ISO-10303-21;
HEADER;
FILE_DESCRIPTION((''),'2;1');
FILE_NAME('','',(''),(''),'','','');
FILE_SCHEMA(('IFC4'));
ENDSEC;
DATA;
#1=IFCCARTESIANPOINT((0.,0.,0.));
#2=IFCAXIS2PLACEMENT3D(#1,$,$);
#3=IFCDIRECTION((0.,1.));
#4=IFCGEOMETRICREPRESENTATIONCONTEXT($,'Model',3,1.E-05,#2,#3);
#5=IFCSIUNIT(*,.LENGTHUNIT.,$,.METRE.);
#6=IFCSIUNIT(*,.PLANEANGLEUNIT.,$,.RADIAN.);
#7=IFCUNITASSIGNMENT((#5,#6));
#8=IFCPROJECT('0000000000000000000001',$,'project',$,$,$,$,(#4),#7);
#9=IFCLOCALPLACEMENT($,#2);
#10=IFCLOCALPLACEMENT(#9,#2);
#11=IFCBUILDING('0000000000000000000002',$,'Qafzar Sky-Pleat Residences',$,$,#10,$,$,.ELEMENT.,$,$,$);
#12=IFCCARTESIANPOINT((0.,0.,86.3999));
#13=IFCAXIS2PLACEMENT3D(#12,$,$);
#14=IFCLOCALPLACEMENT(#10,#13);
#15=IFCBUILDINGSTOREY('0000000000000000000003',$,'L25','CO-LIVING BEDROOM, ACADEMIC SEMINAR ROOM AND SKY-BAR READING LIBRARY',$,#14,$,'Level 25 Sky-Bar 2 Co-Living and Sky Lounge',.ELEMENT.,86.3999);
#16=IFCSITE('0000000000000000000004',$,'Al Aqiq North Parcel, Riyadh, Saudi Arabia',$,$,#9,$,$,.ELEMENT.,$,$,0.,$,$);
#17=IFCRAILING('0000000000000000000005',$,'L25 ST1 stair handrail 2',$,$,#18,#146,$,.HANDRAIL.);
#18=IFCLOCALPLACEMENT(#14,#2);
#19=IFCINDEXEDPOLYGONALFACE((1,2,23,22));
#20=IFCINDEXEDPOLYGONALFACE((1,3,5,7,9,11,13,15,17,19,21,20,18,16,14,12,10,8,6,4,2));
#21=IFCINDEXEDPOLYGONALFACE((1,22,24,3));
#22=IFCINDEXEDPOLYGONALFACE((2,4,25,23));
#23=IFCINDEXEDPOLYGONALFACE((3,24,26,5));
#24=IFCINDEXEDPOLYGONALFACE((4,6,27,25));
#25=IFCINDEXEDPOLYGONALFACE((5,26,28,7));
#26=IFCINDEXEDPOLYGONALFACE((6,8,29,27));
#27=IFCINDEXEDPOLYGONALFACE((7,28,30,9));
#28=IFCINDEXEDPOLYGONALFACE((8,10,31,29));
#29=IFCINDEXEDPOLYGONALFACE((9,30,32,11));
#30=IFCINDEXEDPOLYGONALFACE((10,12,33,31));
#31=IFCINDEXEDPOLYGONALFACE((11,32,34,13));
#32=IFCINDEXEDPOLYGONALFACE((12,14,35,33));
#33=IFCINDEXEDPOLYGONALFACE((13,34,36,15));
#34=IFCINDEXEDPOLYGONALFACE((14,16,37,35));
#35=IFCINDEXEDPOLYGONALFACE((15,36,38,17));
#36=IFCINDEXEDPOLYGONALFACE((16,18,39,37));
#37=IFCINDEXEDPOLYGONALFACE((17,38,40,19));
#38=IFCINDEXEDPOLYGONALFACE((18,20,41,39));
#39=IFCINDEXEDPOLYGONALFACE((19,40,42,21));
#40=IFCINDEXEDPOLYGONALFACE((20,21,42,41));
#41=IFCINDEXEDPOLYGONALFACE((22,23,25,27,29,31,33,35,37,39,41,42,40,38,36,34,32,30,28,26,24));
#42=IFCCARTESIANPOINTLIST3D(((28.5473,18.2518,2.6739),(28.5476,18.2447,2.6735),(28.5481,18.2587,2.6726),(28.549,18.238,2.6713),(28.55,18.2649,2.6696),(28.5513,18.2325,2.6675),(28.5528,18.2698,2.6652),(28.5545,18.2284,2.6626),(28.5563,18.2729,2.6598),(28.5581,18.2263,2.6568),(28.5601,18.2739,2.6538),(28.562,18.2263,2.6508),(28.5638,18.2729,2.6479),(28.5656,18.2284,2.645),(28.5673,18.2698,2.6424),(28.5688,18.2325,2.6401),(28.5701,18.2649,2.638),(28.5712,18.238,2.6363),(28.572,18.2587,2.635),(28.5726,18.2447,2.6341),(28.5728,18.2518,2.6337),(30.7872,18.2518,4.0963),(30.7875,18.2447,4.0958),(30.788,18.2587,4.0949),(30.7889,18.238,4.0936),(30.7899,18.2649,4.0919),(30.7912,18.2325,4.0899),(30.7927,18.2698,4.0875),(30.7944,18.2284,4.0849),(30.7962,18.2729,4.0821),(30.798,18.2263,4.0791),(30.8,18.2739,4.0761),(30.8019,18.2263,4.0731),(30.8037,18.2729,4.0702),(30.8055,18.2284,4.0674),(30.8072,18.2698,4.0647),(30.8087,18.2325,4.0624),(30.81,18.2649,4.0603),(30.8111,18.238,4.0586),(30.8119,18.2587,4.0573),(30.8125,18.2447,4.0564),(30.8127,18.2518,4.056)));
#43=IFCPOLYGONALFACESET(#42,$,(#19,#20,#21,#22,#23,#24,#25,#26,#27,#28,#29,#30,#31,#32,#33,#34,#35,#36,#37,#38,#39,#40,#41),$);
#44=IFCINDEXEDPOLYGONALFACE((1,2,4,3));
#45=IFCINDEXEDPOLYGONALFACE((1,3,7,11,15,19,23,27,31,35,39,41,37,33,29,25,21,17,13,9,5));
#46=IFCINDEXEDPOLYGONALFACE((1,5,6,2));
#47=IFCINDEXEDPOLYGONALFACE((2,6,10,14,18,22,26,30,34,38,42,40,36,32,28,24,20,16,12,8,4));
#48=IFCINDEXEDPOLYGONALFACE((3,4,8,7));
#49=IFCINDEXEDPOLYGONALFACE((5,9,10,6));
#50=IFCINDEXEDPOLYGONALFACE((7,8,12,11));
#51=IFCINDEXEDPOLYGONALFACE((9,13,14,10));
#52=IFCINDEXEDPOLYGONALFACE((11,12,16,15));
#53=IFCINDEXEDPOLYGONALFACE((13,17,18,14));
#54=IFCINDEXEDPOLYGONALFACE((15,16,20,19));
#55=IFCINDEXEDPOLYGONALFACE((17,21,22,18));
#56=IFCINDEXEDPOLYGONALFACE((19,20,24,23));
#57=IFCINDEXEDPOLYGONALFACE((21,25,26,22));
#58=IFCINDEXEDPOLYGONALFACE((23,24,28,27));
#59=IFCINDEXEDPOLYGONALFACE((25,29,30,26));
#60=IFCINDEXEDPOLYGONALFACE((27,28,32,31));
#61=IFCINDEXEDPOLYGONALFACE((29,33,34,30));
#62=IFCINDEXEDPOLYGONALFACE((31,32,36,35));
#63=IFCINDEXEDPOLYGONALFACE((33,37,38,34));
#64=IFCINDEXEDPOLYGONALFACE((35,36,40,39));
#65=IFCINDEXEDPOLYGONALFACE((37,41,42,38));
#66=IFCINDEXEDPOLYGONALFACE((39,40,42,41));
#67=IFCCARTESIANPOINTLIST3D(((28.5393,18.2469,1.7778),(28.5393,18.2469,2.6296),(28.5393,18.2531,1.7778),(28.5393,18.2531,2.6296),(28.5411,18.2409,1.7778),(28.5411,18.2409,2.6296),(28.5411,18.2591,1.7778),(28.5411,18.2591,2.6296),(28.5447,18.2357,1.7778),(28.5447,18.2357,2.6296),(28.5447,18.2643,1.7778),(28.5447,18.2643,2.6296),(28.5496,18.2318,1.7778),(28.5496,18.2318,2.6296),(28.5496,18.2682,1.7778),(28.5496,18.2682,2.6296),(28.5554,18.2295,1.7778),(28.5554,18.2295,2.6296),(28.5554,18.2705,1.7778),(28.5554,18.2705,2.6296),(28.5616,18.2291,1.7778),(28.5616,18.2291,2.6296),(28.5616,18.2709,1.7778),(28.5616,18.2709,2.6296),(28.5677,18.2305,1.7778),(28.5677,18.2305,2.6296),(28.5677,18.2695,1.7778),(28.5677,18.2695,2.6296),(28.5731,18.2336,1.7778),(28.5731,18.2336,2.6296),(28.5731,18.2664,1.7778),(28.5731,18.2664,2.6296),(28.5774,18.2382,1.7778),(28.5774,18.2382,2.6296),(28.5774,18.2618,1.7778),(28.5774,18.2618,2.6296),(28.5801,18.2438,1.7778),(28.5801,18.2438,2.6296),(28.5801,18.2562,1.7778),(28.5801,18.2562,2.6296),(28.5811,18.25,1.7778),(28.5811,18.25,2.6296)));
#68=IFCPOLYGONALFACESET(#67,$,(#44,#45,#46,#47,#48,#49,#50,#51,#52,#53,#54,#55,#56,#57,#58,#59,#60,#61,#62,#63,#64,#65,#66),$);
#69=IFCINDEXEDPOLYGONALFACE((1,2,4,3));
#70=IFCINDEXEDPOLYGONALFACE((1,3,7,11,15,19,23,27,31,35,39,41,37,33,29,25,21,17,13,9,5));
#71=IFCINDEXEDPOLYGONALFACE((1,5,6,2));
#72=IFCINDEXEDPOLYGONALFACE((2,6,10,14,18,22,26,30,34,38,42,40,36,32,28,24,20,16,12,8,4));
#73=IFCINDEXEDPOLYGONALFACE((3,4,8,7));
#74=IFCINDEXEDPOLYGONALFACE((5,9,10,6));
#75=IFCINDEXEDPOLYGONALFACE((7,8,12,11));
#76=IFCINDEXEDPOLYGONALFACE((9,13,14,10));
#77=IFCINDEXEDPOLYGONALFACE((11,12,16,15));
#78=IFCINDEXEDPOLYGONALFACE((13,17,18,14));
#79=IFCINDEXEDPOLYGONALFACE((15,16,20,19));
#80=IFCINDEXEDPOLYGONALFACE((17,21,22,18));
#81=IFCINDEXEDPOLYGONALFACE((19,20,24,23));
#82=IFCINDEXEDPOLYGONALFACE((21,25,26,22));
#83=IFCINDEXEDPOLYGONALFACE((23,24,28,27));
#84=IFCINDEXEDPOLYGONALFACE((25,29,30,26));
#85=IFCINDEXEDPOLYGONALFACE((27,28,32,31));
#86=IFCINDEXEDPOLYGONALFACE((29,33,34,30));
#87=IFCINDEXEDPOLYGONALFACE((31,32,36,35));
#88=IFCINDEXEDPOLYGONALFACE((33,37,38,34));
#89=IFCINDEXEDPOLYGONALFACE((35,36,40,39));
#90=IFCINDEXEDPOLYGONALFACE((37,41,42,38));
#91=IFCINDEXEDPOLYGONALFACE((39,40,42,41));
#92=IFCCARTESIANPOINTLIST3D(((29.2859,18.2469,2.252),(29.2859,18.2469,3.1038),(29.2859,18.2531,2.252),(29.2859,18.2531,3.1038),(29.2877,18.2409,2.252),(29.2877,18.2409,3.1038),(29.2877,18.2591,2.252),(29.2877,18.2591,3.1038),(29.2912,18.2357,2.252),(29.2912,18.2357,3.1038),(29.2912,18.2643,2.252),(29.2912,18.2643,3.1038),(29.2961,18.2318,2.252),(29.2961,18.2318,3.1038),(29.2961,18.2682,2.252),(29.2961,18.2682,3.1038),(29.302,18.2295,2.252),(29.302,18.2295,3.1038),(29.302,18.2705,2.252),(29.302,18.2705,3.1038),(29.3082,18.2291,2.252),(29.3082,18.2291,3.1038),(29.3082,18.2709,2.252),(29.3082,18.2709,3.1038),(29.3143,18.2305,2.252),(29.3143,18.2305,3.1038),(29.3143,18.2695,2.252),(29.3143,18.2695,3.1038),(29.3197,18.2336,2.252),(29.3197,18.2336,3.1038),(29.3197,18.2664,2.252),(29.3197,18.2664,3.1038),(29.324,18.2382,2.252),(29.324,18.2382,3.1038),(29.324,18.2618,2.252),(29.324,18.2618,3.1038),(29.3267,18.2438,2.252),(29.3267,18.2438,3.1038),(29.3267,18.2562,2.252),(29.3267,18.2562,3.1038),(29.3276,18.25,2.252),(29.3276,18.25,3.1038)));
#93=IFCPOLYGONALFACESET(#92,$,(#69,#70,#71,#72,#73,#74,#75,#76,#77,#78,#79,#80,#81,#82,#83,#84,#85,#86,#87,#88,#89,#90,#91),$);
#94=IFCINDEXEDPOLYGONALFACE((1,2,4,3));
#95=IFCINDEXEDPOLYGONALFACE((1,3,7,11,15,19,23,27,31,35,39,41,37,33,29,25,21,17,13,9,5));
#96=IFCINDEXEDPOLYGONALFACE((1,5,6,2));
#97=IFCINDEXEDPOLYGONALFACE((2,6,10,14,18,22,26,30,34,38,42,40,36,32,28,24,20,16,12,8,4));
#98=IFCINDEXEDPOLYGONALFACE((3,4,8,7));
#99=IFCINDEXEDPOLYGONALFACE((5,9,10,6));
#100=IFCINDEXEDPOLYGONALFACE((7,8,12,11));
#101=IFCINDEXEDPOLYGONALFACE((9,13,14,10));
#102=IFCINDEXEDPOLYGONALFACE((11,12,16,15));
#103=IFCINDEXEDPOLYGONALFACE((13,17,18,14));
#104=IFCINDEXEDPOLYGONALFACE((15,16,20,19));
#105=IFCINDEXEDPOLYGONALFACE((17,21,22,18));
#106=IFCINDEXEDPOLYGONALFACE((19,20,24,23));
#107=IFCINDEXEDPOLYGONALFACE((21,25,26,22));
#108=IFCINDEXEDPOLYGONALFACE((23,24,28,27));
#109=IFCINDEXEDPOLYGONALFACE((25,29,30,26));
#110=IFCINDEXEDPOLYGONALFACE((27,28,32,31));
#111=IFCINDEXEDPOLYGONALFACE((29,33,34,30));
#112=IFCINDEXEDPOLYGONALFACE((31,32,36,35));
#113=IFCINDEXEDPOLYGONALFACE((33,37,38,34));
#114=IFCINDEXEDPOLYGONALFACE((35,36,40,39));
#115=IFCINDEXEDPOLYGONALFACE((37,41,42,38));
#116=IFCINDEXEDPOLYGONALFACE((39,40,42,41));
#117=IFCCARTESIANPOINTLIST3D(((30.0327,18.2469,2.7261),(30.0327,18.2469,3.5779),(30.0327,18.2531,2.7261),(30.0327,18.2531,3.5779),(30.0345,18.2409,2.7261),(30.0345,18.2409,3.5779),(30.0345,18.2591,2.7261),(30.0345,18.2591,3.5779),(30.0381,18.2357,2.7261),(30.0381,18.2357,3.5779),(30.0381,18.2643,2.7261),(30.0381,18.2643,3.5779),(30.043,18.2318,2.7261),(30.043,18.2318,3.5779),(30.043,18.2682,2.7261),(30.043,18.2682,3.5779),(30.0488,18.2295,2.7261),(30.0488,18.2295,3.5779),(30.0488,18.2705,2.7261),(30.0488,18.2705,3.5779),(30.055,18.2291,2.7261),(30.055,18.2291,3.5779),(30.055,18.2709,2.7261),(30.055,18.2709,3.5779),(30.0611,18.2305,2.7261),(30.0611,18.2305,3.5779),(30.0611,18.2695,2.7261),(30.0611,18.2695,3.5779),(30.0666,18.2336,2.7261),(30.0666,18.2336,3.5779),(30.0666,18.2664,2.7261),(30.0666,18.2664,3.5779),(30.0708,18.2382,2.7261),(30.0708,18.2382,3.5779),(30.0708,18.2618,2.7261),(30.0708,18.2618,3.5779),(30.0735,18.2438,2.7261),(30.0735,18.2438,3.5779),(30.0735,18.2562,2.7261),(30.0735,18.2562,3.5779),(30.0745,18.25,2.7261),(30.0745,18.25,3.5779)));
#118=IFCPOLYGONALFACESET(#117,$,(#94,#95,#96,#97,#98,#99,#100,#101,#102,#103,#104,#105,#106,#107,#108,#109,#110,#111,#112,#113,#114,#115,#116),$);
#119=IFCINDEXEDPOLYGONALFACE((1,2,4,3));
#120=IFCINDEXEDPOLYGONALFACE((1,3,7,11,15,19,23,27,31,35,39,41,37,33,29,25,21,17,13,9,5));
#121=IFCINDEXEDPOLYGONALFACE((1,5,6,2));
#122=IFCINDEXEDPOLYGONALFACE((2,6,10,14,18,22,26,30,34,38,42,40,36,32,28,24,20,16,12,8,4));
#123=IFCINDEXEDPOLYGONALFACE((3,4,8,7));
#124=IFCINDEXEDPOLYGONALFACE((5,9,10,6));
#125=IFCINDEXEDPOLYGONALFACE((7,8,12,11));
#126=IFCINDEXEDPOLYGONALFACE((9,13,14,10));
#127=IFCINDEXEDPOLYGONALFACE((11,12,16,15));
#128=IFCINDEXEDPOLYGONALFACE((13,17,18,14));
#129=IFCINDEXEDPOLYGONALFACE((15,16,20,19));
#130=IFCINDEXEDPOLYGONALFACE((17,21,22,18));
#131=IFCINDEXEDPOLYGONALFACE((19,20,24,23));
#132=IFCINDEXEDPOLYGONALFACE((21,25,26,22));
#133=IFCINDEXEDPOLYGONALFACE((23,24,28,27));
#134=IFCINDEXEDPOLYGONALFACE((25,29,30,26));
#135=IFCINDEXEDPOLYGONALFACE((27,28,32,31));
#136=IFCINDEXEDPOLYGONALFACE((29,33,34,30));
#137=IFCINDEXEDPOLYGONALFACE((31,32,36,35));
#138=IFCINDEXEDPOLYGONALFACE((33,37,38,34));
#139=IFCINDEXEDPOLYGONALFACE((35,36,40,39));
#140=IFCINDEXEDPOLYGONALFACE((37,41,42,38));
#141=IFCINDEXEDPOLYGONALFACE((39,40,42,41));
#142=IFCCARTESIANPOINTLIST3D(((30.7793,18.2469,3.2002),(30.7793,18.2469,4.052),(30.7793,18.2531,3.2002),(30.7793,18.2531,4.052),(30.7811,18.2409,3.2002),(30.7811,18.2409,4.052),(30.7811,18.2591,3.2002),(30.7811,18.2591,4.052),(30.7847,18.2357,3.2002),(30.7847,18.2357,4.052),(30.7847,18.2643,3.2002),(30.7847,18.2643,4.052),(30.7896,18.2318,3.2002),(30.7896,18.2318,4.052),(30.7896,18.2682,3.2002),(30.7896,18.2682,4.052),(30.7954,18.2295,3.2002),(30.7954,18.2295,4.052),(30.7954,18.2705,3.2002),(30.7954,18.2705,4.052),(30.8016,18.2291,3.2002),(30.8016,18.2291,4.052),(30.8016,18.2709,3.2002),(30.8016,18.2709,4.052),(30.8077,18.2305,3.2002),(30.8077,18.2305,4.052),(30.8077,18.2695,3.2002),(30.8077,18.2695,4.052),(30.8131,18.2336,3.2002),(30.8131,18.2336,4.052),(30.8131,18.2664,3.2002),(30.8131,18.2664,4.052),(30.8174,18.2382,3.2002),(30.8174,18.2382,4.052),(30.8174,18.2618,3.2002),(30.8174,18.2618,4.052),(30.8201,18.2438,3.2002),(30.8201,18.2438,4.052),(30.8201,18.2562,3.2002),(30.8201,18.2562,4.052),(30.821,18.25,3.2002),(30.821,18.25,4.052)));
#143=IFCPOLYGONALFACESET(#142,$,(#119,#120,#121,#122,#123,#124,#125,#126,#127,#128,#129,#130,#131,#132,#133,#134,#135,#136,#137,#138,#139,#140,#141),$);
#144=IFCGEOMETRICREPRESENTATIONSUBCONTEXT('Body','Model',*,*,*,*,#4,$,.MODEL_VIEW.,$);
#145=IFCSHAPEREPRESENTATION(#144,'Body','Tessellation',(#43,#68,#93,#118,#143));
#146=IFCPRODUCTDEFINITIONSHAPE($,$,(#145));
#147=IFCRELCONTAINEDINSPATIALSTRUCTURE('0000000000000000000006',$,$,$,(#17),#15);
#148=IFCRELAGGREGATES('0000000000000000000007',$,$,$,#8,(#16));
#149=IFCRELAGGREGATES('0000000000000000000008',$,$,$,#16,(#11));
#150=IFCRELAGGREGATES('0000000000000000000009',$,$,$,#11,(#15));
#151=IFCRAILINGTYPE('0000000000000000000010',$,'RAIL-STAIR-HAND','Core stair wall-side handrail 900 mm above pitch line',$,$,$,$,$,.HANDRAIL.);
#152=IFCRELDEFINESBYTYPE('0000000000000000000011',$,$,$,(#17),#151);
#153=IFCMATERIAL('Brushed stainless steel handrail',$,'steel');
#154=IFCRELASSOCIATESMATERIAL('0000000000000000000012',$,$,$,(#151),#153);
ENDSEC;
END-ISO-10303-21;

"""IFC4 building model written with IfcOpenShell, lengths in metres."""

from ifc_helpers import new_model, si_unit, direction, frame, origin, origin_2d, place, context, subcontext, project, spatial, circle, extrude, source, transform, mapped, material, type_object, element, save


model = new_model("IFC4")

# Units and contexts
model_context = context("Model", 3, precision=1e-05, world=origin(), true_north=direction((0.0, 1.0)))
body_context = subcontext(model_context, "Body", "Model", "MODEL_VIEW")
ifc_project = project(units=[si_unit("LENGTHUNIT", "METRE"), si_unit("PLANEANGLEUNIT", "RADIAN")], contexts=[model_context])

# Site, building, storey
site_placement = place(None, origin())
site = spatial("IfcSite", under=ifc_project, at=site_placement, Name="Al Aqiq North Parcel, Riyadh, Saudi Arabia", CompositionType="ELEMENT", RefElevation=0.0)
building_placement = place(site_placement, origin())
building = spatial("IfcBuilding", under=site, at=building_placement, Name="Qafzar Sky-Pleat Residences", CompositionType="ELEMENT")
storey_placement = place(building_placement, frame((0.0, 0.0, 86.3999)))
storey = spatial("IfcBuildingStorey", under=building, at=storey_placement, Name="L25", Description="CO-LIVING BEDROOM, ACADEMIC SEMINAR ROOM AND SKY-BAR READING LIBRARY", LongName="Level 25 Sky-Bar 2 Co-Living and Sky Lounge", CompositionType="ELEMENT", Elevation=86.3999)

# Railing
ifc_material_1 = material(Name="Brushed stainless steel handrail", Category="steel")
railing_type_1 = type_object("IfcRailingType", Name="RAIL-STAIR-HAND", Description="Core stair wall-side handrail 900 mm above pitch line", PredefinedType="HANDRAIL", material=ifc_material_1)
shared_shape_1 = source(origin(), body_context, "Body", "SweptSolid", [
    extrude(circle(Radius=0.0239, at=origin_2d()), frame((0.0, 0.0, 0.876), z_axis=(0.844188, 0.0, 0.536048), x_axis=(0.0, 1.0, 0.0)), (0.0, 0.0, 1.0), 2.6533),
    extrude(circle(Radius=0.021, at=origin_2d()), origin(), (0.0, 0.0, 1.0), 0.8518),
    extrude(circle(Radius=0.021, at=origin_2d()), frame((0.7466, 0.0, 0.4741)), (0.0, 0.0, 1.0), 0.8518),
    extrude(circle(Radius=0.021, at=origin_2d()), frame((1.4934, 0.0, 0.9482)), (0.0, 0.0, 1.0), 0.8518),
    extrude(circle(Radius=0.021, at=origin_2d()), frame((2.24, 0.0, 1.4224)), (0.0, 0.0, 1.0), 0.8518),
])
railing_1_placement = place(storey_placement, frame((28.5601, 18.25, 1.7778)))
element("IfcRailing", 1, at=railing_1_placement, inside=storey, type_object=railing_type_1, Name="L25 ST1 stair handrail 2", PredefinedType="HANDRAIL", context=body_context, shape_type="MappedRepresentation", body=[
    mapped(shared_shape_1, transform((0.0, 0.0, 0.0), x_axis=(1.0, 0.0, 0.0), y_axis=(0.0, 1.0, 0.0), z_axis=(0.0, 0.0, 1.0), scale=1.0)),
])

save(model, "model.ifc")
